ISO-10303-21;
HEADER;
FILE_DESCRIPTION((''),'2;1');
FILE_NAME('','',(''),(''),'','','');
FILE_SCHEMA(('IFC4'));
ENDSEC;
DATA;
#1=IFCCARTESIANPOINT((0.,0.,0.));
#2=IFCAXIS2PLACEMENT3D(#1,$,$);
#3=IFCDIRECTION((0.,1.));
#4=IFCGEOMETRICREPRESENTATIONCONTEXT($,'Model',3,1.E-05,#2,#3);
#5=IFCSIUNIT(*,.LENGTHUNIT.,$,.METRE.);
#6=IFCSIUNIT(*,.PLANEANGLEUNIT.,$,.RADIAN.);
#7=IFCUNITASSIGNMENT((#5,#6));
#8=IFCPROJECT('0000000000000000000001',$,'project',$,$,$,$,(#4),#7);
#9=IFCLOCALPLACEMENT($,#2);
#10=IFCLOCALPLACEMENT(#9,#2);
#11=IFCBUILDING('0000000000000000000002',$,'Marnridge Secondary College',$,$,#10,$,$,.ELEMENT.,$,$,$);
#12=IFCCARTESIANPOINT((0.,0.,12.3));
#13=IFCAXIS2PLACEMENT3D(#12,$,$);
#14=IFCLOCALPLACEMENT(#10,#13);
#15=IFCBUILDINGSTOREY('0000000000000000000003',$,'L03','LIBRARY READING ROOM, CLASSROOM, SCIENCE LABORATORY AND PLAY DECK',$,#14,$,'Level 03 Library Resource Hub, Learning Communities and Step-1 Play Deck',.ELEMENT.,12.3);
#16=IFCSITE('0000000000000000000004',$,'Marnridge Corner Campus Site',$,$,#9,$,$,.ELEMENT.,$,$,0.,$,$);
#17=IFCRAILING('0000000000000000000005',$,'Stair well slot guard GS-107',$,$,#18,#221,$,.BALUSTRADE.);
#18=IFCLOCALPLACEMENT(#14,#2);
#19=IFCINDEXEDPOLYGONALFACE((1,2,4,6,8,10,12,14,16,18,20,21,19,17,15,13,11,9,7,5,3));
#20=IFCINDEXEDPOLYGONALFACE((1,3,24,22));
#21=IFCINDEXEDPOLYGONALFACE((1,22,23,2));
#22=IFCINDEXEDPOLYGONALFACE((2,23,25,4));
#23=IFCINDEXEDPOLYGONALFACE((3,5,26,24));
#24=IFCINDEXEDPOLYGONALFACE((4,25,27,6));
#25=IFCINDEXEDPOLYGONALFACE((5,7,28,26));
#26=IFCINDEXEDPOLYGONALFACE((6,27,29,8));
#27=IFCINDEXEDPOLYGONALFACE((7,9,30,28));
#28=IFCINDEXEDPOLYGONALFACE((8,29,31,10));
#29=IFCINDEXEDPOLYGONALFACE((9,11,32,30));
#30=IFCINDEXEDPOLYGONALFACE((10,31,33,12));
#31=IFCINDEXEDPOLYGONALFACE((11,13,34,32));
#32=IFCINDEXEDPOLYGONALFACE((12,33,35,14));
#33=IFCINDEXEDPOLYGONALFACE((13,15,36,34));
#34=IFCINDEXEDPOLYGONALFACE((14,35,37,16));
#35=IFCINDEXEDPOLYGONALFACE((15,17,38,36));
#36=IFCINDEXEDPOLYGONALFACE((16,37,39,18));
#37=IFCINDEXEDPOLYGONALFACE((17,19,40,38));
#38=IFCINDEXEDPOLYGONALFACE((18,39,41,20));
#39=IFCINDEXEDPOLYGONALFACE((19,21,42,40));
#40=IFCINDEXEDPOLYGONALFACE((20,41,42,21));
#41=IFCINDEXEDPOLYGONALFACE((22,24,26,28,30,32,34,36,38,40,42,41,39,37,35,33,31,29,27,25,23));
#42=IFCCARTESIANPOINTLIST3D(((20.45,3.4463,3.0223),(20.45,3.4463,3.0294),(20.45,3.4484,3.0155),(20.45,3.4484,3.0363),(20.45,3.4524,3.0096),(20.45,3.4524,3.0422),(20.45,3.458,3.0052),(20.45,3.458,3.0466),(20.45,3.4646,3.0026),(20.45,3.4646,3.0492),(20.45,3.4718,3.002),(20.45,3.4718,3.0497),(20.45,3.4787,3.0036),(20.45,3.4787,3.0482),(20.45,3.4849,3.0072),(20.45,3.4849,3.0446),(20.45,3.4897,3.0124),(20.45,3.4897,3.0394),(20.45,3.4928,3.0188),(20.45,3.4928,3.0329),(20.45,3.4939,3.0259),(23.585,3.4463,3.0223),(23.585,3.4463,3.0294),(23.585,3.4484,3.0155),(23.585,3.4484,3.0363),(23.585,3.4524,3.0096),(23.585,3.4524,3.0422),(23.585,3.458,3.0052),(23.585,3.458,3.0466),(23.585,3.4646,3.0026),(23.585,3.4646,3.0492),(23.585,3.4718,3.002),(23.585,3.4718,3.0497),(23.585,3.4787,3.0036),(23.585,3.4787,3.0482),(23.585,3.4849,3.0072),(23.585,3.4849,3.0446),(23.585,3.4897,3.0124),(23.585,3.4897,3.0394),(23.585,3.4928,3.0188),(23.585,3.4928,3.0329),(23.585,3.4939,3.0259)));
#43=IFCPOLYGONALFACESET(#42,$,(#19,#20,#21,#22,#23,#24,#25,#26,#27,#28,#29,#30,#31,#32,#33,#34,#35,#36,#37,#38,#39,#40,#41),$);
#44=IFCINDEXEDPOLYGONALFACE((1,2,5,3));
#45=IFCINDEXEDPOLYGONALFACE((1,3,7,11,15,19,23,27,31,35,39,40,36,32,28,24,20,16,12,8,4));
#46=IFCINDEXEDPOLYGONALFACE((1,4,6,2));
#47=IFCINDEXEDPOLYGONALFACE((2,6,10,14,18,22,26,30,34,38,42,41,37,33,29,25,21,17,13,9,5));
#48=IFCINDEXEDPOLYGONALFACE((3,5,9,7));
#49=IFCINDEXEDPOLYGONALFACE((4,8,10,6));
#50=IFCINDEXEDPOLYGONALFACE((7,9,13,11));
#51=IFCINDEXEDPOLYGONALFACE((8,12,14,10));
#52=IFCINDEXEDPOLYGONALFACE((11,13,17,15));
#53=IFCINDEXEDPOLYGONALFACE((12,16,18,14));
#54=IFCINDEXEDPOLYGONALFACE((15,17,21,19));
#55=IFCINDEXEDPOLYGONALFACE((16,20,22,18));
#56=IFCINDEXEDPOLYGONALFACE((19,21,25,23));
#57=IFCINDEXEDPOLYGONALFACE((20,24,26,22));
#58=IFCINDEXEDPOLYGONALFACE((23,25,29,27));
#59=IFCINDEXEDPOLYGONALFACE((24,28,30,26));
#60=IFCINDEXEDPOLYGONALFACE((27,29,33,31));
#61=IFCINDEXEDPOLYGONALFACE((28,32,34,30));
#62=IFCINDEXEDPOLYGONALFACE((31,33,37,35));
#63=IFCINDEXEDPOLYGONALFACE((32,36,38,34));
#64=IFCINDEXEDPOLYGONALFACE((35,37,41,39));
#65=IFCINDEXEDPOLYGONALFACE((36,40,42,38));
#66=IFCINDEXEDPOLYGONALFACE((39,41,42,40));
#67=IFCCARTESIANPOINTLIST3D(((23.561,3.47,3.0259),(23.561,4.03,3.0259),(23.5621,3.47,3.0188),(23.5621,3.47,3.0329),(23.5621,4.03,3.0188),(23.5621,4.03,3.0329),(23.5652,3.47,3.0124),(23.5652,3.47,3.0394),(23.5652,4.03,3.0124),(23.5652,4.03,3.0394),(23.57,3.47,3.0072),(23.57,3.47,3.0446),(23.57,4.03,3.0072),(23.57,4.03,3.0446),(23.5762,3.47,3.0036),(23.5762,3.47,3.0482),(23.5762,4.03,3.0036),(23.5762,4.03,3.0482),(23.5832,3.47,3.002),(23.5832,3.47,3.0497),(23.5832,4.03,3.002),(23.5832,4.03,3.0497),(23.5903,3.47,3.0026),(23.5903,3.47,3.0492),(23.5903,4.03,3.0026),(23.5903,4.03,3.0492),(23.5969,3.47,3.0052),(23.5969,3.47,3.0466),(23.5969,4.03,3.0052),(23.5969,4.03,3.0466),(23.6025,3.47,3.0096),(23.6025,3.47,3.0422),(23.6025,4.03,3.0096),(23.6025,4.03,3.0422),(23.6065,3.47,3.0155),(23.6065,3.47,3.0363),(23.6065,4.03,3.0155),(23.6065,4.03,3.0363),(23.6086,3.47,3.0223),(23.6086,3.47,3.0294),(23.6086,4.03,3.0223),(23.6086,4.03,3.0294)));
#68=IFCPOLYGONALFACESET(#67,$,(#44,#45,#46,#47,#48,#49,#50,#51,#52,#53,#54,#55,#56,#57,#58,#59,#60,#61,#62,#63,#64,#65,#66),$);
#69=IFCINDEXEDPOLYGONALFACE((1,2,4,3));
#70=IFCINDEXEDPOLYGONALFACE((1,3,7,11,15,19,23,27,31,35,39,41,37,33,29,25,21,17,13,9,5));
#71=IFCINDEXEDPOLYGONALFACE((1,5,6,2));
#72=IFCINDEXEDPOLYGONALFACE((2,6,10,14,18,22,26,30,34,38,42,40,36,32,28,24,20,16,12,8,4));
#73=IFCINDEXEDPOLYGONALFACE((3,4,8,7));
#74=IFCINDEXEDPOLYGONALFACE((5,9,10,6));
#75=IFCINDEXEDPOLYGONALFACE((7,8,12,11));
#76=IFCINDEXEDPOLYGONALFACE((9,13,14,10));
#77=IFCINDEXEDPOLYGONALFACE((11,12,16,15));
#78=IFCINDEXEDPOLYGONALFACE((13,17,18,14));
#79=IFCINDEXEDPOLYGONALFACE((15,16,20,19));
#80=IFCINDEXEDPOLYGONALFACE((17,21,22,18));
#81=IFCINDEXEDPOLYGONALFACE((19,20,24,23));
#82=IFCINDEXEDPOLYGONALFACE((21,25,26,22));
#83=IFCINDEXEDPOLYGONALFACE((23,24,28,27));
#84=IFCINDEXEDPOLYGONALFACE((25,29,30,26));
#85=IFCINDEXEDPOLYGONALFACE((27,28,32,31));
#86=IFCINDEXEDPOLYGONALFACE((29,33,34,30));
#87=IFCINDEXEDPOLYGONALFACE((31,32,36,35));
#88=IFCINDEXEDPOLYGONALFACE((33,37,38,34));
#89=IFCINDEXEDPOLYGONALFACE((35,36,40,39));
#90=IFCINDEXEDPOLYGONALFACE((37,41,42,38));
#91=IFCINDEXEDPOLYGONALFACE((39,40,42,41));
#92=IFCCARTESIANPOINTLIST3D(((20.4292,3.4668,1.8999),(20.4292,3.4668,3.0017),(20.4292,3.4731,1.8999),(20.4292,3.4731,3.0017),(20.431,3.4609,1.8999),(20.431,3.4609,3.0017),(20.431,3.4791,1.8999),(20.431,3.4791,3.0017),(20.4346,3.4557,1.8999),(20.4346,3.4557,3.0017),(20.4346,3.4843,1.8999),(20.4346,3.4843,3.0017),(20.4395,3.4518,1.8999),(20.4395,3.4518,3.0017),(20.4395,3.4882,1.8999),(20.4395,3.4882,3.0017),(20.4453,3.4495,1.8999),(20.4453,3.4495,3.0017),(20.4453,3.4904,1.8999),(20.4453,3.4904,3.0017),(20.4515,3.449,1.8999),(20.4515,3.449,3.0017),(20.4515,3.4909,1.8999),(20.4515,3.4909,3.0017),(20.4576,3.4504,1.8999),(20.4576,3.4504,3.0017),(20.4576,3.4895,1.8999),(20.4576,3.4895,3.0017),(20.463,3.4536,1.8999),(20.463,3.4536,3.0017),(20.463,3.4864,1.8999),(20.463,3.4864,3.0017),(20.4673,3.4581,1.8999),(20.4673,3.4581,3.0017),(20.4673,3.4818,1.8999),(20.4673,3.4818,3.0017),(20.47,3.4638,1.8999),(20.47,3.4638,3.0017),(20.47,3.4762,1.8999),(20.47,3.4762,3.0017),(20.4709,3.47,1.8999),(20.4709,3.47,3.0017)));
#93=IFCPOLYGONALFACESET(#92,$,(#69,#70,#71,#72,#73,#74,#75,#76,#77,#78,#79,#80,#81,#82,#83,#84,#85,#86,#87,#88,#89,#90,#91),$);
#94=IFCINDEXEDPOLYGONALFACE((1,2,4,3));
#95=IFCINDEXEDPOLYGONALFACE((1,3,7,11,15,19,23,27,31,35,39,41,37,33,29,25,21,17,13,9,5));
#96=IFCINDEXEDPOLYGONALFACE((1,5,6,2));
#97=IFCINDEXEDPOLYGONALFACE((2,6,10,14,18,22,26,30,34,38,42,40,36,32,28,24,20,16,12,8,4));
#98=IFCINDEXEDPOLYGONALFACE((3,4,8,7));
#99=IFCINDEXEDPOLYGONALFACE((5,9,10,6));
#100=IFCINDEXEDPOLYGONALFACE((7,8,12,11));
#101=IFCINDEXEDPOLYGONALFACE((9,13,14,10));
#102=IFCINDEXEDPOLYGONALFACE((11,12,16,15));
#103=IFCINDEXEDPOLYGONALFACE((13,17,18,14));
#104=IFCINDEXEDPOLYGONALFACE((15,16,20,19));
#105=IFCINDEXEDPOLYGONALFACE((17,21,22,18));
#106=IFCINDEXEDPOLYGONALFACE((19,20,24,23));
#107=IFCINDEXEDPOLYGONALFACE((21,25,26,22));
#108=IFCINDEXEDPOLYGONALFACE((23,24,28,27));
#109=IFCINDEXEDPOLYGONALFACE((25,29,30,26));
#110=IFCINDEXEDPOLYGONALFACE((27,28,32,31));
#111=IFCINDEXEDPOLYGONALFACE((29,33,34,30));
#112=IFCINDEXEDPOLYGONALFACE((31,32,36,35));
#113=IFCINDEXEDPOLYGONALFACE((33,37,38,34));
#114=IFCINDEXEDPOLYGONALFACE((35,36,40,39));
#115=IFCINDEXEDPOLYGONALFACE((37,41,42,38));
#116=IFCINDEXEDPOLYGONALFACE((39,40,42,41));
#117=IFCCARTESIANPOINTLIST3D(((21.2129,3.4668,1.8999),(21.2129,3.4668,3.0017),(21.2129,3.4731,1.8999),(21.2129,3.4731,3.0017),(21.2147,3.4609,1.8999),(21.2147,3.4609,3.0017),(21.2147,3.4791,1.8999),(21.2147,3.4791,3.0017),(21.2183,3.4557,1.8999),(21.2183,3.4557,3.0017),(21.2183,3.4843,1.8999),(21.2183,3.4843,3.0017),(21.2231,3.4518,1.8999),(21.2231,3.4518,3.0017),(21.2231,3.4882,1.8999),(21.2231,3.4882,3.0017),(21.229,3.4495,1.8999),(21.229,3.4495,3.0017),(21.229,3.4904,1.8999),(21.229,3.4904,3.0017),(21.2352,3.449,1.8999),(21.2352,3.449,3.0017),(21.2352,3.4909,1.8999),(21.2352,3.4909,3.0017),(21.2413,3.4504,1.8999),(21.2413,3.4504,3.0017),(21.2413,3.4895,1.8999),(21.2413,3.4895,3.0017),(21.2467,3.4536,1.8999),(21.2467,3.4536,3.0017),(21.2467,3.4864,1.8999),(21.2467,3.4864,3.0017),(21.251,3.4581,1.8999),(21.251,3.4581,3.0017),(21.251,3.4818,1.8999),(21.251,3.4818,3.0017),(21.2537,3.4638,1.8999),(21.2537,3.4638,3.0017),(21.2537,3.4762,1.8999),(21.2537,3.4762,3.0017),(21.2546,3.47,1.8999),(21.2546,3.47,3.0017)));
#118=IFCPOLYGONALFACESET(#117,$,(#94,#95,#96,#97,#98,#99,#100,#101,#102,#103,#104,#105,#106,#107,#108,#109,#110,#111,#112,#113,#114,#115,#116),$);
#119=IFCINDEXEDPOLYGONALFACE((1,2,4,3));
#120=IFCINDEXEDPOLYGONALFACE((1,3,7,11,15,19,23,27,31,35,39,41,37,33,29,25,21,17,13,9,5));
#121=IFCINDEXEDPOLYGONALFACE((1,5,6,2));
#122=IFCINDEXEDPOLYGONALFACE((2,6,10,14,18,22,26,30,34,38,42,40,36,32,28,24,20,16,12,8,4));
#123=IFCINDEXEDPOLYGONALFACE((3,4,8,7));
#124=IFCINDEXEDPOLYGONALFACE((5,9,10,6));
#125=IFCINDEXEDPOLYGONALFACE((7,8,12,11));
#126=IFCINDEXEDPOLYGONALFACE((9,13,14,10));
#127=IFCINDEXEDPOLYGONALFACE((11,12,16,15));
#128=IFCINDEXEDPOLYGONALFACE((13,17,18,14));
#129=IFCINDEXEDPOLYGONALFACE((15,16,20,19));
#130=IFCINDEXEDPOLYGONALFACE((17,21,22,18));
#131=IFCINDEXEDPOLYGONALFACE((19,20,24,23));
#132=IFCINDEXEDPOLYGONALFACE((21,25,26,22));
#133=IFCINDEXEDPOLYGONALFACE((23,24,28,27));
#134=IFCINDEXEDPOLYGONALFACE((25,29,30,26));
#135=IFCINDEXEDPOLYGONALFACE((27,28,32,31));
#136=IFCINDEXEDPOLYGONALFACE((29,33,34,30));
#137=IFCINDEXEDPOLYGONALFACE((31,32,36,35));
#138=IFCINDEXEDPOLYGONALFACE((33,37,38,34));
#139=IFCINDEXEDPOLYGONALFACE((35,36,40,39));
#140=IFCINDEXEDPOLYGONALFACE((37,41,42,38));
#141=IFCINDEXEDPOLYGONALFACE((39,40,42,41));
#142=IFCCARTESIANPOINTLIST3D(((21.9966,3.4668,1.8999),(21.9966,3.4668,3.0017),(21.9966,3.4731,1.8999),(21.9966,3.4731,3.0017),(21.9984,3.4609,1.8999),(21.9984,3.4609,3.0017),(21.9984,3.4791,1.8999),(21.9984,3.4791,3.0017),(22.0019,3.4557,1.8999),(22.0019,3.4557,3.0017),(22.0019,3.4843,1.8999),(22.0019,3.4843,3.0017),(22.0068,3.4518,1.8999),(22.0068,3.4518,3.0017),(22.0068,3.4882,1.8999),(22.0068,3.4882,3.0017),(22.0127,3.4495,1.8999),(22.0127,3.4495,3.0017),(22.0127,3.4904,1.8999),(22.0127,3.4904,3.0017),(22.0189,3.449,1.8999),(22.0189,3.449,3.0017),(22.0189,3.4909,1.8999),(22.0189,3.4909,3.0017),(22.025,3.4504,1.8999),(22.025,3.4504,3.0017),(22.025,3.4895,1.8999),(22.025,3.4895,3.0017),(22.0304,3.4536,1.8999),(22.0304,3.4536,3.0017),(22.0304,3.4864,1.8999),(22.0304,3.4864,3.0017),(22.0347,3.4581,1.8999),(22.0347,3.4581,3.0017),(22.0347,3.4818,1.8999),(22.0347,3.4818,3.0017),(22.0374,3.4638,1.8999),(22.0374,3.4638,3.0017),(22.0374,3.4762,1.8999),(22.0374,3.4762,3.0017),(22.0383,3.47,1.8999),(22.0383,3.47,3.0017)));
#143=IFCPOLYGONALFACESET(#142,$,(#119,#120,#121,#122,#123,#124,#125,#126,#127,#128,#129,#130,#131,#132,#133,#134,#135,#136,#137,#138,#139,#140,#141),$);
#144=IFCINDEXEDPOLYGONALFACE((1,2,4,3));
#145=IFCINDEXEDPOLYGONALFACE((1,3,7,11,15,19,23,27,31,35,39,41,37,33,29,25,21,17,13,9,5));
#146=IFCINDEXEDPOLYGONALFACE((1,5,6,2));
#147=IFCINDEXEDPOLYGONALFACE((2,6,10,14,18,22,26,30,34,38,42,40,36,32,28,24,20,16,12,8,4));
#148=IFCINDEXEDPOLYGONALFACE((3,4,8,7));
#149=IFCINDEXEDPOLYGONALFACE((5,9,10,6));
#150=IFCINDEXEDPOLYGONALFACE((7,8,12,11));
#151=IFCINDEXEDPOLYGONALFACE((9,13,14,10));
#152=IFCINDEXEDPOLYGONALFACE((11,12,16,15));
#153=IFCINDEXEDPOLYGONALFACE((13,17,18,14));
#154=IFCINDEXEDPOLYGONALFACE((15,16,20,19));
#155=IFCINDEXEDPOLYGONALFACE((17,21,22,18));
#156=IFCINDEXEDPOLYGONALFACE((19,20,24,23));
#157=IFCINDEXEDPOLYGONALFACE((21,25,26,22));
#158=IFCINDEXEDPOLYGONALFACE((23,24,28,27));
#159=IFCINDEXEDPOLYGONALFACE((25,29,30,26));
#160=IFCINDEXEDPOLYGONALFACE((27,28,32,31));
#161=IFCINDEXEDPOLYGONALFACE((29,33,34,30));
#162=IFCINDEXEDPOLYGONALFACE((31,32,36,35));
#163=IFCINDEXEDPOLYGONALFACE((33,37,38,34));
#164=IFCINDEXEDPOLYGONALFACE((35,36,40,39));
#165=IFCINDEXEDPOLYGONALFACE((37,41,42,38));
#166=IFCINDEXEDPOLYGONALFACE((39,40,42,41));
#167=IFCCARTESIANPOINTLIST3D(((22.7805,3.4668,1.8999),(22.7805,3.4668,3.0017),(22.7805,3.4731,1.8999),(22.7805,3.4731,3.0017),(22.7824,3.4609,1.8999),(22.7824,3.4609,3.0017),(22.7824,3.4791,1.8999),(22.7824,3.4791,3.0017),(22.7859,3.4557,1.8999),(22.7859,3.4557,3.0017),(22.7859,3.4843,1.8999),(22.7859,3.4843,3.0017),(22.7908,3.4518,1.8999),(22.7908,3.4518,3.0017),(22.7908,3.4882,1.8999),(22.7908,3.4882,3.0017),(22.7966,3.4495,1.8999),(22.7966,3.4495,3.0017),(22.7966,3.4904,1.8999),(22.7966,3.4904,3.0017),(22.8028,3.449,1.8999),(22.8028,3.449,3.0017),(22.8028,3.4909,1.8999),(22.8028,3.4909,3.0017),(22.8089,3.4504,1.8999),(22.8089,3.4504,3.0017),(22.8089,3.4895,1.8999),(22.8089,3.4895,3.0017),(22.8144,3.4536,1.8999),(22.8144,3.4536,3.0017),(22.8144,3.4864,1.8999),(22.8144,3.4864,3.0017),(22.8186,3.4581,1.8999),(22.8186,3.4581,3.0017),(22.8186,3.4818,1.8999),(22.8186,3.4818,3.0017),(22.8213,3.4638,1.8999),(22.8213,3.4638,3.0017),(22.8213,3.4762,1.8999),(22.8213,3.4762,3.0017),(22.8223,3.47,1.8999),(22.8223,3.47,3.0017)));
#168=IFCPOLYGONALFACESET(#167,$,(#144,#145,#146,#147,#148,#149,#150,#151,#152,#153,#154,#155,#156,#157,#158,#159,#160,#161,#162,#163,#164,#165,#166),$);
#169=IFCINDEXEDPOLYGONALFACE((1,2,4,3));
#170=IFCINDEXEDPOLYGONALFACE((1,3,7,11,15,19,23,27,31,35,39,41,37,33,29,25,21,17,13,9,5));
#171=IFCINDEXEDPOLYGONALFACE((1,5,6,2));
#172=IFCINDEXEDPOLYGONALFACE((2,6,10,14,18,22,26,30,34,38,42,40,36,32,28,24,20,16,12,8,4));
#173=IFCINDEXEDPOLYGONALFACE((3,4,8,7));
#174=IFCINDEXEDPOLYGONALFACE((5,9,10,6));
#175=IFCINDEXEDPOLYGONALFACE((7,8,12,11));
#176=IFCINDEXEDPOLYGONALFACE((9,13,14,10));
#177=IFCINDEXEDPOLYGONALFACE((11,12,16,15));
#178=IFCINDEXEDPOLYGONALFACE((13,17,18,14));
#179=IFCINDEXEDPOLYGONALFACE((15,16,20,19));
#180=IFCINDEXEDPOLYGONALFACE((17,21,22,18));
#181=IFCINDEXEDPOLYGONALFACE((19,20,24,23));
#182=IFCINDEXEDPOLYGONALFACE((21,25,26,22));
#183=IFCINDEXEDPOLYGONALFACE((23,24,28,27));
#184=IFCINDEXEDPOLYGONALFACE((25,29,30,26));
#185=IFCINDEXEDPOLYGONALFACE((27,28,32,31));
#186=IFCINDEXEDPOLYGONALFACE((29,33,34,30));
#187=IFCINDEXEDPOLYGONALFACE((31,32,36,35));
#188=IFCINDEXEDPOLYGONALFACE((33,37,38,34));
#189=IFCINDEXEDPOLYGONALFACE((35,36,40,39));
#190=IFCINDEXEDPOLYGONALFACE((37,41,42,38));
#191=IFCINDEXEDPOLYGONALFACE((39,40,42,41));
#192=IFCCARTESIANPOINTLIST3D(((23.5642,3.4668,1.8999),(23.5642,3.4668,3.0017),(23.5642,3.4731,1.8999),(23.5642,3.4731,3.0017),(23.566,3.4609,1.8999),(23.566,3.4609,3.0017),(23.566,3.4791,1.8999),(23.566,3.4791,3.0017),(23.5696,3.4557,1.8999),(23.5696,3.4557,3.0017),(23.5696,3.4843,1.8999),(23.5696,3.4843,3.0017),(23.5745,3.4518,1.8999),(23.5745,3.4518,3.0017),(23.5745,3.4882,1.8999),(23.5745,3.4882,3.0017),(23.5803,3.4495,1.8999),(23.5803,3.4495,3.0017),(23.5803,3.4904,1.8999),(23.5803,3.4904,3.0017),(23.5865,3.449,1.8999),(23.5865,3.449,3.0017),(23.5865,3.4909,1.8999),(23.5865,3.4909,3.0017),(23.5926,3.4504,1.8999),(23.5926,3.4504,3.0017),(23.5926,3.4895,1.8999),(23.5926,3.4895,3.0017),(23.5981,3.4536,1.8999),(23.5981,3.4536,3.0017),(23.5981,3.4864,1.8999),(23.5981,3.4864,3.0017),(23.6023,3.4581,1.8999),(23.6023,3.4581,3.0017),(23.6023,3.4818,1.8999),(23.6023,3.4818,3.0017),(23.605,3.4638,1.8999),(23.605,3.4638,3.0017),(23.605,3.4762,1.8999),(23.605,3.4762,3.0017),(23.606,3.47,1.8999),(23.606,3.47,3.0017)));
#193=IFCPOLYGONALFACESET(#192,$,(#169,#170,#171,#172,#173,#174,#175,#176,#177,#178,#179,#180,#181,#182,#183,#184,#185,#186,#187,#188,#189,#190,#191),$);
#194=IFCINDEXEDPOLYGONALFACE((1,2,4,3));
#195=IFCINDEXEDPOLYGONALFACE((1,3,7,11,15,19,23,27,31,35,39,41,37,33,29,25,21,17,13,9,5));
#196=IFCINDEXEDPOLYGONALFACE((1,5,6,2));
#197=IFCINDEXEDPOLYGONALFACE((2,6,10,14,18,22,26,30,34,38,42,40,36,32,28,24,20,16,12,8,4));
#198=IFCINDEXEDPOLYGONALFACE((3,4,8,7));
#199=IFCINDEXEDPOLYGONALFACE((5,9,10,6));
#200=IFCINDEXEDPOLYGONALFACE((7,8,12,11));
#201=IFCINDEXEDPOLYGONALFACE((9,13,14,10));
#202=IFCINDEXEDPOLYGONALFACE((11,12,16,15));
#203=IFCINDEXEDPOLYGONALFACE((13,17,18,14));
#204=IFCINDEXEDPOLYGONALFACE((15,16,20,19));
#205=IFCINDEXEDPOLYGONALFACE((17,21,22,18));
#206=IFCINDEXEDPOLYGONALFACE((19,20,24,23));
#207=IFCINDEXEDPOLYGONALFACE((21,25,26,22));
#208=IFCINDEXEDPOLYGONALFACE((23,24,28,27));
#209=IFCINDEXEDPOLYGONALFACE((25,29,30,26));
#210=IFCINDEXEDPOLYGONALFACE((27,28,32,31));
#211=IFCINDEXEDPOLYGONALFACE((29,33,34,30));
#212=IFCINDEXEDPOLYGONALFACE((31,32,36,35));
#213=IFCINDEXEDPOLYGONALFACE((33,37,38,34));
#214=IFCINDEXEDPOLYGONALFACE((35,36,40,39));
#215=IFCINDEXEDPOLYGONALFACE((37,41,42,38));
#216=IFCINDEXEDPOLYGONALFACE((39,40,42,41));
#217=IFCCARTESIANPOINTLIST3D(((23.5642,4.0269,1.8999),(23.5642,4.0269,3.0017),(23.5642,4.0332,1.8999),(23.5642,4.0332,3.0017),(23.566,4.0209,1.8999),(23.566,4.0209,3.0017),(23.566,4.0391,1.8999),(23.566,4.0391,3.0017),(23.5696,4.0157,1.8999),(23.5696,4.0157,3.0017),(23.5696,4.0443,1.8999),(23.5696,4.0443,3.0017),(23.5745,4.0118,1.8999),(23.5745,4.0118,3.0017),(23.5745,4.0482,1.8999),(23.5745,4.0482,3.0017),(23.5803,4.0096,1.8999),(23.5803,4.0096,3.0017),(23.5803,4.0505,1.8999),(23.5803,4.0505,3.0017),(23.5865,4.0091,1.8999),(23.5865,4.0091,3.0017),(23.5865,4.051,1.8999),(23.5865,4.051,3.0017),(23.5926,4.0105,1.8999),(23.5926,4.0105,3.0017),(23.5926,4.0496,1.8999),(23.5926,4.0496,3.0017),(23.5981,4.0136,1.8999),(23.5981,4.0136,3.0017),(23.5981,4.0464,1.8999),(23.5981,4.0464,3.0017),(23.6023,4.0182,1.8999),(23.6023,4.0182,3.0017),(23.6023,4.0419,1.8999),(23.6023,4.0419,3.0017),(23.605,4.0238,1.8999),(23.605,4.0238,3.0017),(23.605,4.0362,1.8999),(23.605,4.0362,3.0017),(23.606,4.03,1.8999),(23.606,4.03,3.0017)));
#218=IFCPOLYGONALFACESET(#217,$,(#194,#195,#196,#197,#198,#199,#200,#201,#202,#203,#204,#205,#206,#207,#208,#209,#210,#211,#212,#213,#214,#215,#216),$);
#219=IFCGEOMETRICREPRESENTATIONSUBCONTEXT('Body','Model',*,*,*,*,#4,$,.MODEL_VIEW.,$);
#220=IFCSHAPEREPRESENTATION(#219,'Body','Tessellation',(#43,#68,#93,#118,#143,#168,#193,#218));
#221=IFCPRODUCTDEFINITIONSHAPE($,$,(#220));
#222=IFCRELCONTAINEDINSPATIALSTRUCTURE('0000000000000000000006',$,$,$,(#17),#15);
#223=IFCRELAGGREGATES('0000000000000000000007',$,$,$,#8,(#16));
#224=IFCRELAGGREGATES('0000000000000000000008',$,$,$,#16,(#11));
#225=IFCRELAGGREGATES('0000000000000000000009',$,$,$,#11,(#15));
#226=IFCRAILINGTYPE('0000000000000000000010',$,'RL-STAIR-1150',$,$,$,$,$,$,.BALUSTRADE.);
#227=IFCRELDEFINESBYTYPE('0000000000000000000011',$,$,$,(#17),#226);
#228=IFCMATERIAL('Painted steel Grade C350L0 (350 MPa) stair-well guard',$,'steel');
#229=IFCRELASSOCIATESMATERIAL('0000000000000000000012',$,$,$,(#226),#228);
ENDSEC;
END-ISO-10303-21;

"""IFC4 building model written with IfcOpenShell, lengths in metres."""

from ifc_helpers import new_model, si_unit, direction, frame, origin, origin_2d, place, context, subcontext, project, spatial, circle, extrude, material, type_object, element, save


model = new_model("IFC4")

# Units and contexts
model_context = context("Model", 3, precision=1e-05, world=origin(), true_north=direction((0.0, 1.0)))
body_context = subcontext(model_context, "Body", "Model", "MODEL_VIEW")
ifc_project = project(units=[si_unit("LENGTHUNIT", "METRE"), si_unit("PLANEANGLEUNIT", "RADIAN")], contexts=[model_context])

# Site, building, storey
site_placement = place(None, origin())
site = spatial("IfcSite", under=ifc_project, at=site_placement, Name="Marnridge Corner Campus Site", CompositionType="ELEMENT", RefElevation=0.0)
building_placement = place(site_placement, origin())
building = spatial("IfcBuilding", under=site, at=building_placement, Name="Marnridge Secondary College", CompositionType="ELEMENT")
storey_placement = place(building_placement, frame((0.0, 0.0, 12.3)))
storey = spatial("IfcBuildingStorey", under=building, at=storey_placement, Name="L03", Description="LIBRARY READING ROOM, CLASSROOM, SCIENCE LABORATORY AND PLAY DECK", LongName="Level 03 Library Resource Hub, Learning Communities and Step-1 Play Deck", CompositionType="ELEMENT", Elevation=12.3)

# Railing
ifc_material_1 = material(Name="Painted steel Grade C350L0 (350 MPa) stair-well guard", Category="steel")
railing_type_1 = type_object("IfcRailingType", Name="RL-STAIR-1150", PredefinedType="BALUSTRADE", material=ifc_material_1)
railing_1_placement = place(storey_placement, frame((20.45, 3.47, 1.8999)))
element("IfcRailing", 1, at=railing_1_placement, inside=storey, type_object=railing_type_1, Name="Stair well slot guard GS-107", PredefinedType="BALUSTRADE", context=body_context, shape_type="SweptSolid", body=[
    extrude(circle(Radius=0.0239, at=origin_2d()), frame((0.0, 0.0, 1.126), z_axis=(1.0, 0.0, 0.0), x_axis=(0.0, 1.0, 0.0)), (0.0, 0.0, 1.0), 3.135),
    extrude(circle(Radius=0.0239, at=origin_2d()), frame((3.135, 0.0, 1.126), z_axis=(0.0, 1.0, 0.0), x_axis=(-1.0, 0.0, 0.0)), (0.0, 0.0, 1.0), 0.5601),
    extrude(circle(Radius=0.021, at=origin_2d()), origin(), (0.0, 0.0, 1.0), 1.1018),
    extrude(circle(Radius=0.021, at=origin_2d()), frame((0.7837, 0.0, 0.0)), (0.0, 0.0, 1.0), 1.1018),
    extrude(circle(Radius=0.021, at=origin_2d()), frame((1.5674, 0.0, 0.0)), (0.0, 0.0, 1.0), 1.1018),
    extrude(circle(Radius=0.021, at=origin_2d()), frame((2.3513, 0.0, 0.0)), (0.0, 0.0, 1.0), 1.1018),
    extrude(circle(Radius=0.021, at=origin_2d()), frame((3.135, 0.0, 0.0)), (0.0, 0.0, 1.0), 1.1018),
    extrude(circle(Radius=0.021, at=origin_2d()), frame((3.135, 0.5601, 0.0)), (0.0, 0.0, 1.0), 1.1018),
])

save(model, "model.ifc")
